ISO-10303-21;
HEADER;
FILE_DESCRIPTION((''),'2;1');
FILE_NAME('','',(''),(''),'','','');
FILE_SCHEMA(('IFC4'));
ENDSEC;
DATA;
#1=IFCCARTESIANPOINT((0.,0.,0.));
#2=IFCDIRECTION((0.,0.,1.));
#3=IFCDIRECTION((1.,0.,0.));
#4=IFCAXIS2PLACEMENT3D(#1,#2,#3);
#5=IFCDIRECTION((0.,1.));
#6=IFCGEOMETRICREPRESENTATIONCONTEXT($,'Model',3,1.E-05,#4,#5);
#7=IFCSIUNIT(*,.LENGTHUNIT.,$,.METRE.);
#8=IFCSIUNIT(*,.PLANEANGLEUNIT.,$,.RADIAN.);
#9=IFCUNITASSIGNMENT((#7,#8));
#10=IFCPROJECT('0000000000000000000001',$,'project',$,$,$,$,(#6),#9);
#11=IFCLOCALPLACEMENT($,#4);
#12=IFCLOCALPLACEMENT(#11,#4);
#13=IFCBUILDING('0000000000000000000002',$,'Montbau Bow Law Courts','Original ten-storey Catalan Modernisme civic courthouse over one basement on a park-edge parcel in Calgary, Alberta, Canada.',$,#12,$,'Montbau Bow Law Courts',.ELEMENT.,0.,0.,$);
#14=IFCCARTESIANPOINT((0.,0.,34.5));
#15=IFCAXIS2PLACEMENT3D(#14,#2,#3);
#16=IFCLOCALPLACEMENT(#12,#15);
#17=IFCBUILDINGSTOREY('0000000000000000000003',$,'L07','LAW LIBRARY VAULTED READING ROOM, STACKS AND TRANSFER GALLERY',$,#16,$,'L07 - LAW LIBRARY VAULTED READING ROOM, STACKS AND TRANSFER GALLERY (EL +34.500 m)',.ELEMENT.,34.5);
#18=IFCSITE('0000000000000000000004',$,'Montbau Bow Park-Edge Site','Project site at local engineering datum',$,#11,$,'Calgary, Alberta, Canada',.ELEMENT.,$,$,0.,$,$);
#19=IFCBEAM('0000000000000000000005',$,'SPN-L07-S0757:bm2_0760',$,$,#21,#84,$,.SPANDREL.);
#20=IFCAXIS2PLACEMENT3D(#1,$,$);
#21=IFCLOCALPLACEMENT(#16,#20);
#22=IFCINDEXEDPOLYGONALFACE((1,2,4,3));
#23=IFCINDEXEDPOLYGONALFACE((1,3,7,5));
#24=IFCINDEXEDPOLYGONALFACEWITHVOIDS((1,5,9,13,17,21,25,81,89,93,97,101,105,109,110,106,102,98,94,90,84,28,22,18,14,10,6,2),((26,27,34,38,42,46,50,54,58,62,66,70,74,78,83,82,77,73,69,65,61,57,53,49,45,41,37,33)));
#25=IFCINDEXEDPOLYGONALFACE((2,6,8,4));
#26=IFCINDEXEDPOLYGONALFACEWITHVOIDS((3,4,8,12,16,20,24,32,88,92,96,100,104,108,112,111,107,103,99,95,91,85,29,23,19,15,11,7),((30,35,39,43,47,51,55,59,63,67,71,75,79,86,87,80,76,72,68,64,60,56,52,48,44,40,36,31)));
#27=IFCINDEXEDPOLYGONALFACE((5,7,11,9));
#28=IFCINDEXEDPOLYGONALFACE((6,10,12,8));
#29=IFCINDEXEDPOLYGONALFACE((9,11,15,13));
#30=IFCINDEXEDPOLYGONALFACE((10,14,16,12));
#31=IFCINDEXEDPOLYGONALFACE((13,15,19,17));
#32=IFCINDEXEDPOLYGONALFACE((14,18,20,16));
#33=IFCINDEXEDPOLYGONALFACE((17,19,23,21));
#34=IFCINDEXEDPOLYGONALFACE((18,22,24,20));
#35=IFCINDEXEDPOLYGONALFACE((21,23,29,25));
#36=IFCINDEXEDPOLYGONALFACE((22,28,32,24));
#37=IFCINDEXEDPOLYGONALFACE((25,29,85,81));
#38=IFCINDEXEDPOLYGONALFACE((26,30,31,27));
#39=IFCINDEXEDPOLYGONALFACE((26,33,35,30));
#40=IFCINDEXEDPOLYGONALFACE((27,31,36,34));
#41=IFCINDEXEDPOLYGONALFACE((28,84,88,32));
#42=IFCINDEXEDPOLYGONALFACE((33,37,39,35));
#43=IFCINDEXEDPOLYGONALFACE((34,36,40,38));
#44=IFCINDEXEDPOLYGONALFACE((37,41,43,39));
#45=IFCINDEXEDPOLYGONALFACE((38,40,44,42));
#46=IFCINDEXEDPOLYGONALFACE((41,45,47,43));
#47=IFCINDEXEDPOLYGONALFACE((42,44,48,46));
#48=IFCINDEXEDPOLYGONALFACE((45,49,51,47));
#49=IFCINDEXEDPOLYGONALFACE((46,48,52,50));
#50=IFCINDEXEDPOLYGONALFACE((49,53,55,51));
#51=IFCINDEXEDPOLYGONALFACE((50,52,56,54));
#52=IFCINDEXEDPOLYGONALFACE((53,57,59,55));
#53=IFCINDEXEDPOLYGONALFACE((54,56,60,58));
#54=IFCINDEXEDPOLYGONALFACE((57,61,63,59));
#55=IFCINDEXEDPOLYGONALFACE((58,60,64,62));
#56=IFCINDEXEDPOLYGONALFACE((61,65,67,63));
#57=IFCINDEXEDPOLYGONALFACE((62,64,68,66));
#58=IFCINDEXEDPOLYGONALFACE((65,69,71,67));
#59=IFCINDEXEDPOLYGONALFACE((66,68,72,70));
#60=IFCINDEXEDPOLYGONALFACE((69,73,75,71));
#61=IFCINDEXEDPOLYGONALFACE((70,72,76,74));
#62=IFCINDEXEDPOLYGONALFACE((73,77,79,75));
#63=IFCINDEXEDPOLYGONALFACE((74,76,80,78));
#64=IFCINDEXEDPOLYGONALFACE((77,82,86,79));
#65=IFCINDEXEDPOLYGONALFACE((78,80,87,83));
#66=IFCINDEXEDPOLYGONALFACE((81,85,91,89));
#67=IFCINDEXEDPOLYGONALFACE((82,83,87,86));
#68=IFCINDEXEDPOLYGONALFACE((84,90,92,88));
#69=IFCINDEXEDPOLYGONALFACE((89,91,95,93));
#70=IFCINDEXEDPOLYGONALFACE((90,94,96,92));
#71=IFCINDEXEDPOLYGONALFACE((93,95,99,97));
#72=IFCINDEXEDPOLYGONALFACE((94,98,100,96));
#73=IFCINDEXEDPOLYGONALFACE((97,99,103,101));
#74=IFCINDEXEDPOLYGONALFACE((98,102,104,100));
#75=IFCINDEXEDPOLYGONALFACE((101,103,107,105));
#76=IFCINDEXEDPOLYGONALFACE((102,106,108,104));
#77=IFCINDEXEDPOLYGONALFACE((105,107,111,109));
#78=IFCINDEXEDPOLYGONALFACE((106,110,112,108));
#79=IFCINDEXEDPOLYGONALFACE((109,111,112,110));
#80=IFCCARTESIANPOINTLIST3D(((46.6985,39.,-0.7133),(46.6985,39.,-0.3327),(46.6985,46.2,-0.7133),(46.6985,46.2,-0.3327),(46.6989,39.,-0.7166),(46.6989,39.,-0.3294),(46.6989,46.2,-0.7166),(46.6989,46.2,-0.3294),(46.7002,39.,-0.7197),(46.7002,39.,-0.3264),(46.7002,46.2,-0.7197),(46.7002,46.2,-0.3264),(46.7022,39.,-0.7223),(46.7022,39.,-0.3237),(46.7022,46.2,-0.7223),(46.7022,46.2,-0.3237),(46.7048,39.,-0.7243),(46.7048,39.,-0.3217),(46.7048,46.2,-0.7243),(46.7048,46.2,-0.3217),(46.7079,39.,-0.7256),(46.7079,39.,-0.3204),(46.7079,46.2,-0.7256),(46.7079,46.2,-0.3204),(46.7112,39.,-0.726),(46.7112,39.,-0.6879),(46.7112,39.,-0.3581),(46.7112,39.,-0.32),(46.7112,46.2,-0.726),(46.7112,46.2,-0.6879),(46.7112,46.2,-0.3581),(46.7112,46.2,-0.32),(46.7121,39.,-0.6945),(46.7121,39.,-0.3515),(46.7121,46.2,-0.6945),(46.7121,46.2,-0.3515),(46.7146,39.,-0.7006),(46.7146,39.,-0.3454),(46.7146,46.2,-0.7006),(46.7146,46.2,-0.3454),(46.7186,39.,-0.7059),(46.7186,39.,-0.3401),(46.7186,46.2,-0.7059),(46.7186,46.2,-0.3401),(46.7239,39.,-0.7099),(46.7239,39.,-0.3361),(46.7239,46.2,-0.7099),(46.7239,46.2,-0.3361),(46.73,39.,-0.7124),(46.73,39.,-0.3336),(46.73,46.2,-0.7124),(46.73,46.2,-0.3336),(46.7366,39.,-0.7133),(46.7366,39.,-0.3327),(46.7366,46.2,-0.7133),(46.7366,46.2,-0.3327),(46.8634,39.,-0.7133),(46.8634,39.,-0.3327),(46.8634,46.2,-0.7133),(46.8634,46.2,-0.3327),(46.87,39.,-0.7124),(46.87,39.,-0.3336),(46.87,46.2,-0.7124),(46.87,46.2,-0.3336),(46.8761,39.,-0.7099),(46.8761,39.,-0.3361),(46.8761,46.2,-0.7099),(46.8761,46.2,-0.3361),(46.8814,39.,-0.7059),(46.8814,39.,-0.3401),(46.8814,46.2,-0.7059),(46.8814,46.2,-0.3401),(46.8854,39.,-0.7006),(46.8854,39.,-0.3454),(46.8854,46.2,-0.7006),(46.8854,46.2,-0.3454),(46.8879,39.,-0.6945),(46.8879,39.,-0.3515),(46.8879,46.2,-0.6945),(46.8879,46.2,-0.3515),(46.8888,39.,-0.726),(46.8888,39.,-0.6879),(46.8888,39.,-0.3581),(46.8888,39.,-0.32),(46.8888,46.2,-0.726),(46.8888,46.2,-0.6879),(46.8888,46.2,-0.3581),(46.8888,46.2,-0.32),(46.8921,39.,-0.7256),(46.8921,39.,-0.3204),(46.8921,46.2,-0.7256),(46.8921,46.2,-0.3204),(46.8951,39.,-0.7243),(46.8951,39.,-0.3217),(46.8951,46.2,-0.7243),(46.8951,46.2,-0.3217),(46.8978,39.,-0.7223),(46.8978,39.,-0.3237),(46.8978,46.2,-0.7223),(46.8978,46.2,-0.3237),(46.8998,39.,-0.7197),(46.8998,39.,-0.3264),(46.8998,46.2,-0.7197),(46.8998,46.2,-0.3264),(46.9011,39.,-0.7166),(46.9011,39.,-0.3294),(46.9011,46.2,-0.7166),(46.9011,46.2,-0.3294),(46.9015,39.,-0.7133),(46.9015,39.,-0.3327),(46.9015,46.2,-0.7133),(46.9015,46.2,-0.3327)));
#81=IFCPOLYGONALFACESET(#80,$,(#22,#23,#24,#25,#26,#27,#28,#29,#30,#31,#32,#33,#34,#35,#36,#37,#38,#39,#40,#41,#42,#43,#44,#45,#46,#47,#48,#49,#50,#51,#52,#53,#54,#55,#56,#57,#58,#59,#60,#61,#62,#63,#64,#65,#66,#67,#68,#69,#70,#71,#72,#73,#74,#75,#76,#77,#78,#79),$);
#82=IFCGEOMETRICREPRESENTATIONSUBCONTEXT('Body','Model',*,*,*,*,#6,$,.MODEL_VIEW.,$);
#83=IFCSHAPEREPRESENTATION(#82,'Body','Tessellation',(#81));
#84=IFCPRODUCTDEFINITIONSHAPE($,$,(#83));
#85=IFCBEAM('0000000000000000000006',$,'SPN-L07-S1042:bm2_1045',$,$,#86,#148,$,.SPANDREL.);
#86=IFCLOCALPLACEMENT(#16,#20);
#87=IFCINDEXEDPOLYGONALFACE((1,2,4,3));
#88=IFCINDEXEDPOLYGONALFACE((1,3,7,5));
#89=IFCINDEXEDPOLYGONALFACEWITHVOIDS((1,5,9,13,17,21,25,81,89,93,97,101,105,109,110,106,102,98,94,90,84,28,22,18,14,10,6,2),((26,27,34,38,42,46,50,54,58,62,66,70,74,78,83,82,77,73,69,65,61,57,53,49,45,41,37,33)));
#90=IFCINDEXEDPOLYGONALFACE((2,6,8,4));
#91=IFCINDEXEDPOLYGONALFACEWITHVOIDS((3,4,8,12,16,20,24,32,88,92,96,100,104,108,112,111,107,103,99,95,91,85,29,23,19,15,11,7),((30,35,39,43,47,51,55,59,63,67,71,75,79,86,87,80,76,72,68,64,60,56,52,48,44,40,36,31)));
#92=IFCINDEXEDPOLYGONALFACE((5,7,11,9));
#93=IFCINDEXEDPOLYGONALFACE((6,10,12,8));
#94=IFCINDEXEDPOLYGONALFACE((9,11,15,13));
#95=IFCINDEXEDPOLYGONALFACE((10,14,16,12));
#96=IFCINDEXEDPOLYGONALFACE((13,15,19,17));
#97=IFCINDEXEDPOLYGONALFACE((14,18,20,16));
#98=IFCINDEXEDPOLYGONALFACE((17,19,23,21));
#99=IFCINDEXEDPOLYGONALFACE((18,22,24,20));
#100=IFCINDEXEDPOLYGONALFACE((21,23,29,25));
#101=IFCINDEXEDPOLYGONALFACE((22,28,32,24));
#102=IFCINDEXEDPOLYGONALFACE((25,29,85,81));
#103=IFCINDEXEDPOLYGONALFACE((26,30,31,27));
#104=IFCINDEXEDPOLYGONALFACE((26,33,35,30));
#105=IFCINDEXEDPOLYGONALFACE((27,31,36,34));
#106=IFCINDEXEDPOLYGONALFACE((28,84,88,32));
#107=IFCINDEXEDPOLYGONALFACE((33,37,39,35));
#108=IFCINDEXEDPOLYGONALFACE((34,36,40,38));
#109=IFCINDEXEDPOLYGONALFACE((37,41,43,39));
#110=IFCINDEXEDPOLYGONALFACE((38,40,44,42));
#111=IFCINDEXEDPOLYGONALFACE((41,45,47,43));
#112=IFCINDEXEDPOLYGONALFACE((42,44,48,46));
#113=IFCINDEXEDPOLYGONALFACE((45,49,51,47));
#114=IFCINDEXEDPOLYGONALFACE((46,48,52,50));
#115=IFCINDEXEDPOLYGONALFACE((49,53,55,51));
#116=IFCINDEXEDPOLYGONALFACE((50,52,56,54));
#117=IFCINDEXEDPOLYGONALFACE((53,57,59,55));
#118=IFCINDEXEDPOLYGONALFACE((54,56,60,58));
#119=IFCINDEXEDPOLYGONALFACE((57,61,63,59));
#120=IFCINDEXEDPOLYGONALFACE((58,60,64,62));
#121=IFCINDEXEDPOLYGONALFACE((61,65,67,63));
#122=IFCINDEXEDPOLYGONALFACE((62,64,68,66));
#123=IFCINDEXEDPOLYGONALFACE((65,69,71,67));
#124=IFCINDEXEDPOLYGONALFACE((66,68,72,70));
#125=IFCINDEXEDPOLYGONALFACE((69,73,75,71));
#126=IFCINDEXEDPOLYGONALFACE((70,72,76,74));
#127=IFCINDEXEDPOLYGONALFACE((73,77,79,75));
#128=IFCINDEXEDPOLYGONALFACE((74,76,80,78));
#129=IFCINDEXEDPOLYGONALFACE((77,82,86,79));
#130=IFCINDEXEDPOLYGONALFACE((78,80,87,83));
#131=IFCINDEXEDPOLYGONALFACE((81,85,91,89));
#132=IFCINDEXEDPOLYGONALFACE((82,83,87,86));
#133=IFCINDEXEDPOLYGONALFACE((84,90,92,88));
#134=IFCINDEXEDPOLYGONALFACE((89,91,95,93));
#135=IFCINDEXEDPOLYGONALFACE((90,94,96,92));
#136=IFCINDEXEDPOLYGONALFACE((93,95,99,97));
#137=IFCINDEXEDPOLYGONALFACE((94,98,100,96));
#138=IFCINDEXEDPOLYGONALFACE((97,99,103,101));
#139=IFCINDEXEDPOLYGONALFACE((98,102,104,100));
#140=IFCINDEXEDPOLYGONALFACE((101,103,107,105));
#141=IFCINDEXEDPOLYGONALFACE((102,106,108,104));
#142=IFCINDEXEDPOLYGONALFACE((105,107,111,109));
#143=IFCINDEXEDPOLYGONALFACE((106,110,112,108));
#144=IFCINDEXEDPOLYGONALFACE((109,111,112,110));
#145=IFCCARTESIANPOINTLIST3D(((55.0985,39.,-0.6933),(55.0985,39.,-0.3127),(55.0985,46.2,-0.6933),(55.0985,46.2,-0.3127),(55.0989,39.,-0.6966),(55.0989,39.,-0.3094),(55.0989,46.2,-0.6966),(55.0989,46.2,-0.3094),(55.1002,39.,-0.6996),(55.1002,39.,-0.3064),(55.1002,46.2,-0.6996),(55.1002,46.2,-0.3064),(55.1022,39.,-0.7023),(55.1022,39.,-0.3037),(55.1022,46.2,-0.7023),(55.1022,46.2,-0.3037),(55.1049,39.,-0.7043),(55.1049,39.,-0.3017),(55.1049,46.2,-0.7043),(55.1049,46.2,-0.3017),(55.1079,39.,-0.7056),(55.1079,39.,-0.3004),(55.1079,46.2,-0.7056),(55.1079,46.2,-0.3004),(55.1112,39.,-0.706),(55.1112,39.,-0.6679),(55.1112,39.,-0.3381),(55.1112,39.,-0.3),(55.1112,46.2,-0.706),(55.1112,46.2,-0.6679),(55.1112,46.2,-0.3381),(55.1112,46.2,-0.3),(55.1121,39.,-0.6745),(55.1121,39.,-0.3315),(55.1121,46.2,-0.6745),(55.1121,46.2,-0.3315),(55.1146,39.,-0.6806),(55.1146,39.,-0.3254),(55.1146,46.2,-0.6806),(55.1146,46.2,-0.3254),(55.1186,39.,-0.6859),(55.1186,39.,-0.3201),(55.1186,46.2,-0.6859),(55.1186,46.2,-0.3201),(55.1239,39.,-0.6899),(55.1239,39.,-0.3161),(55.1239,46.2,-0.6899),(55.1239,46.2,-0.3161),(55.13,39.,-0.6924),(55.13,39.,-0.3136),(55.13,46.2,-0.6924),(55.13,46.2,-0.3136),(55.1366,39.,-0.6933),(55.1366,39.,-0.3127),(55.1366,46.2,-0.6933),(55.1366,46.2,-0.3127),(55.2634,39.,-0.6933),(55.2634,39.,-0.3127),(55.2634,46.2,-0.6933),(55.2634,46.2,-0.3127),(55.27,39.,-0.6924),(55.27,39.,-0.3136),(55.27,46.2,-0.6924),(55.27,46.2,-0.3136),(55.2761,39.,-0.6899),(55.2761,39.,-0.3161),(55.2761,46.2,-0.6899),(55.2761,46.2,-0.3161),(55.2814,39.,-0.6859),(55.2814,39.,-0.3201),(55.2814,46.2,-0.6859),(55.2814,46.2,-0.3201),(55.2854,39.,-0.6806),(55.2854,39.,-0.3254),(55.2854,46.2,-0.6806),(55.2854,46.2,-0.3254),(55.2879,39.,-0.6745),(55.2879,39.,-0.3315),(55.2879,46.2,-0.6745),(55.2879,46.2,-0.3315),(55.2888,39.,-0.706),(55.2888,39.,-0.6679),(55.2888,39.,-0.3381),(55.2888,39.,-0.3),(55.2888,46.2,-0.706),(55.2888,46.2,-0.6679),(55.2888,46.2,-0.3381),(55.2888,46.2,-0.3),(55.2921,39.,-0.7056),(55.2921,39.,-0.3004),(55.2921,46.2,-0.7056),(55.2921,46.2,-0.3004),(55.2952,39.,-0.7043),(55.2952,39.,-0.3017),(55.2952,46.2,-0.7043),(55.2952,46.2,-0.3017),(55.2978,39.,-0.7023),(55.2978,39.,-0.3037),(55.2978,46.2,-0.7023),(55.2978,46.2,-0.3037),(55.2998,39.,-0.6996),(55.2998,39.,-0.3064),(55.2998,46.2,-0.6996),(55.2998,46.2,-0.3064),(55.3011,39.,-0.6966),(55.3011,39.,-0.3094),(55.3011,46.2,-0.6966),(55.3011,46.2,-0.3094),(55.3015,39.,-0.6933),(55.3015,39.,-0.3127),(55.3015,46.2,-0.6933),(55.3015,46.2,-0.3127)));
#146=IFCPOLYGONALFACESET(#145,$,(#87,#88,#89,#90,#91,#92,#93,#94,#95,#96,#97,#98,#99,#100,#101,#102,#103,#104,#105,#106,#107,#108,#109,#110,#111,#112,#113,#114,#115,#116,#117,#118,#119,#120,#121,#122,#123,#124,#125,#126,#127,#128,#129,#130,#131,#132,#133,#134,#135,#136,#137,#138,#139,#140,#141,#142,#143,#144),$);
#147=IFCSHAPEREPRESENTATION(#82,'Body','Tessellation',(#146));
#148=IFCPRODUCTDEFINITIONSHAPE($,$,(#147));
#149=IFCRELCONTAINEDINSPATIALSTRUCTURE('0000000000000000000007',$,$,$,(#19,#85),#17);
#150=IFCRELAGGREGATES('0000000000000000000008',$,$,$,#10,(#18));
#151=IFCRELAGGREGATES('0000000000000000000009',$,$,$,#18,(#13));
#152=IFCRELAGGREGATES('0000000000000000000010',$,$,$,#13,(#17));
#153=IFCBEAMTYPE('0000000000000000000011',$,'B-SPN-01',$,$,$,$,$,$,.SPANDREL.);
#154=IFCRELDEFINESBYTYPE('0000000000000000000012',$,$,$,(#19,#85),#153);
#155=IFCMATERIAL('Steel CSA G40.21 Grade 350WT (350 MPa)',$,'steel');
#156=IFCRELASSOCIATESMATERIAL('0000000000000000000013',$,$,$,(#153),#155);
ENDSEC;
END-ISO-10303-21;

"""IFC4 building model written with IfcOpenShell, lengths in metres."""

from ifc_helpers import new_model, si_unit, direction, frame, origin_with_axes, origin_2d_with_axis, place, context, subcontext, project, spatial, hollow_rectangle, extrude, material, material_profile, profile_set, type_object, element, save


model = new_model("IFC4")

# Units and contexts
model_context = context("Model", 3, precision=1e-05, world=origin_with_axes(), true_north=direction((0.0, 1.0)))
body_context = subcontext(model_context, "Body", "Model", "MODEL_VIEW")
ifc_project = project(units=[si_unit("LENGTHUNIT", "METRE"), si_unit("PLANEANGLEUNIT", "RADIAN")], contexts=[model_context])

# Site, building, storey
site_placement = place(None, origin_with_axes())
site = spatial("IfcSite", under=ifc_project, at=site_placement, Name="Montbau Bow Park-Edge Site", Description="Project site at local engineering datum", LongName="Calgary, Alberta, Canada", CompositionType="ELEMENT", RefElevation=0.0)
building_placement = place(site_placement, origin_with_axes())
building = spatial("IfcBuilding", under=site, at=building_placement, Name="Montbau Bow Law Courts", Description="Original ten-storey Catalan Modernisme civic courthouse over one basement on a park-edge parcel in Calgary, Alberta, Canada.", LongName="Montbau Bow Law Courts", CompositionType="ELEMENT", ElevationOfRefHeight=0.0, ElevationOfTerrain=0.0)
storey_placement = place(building_placement, frame((0.0, 0.0, 34.5), z_axis=(0.0, 0.0, 1.0), x_axis=(1.0, 0.0, 0.0)))
storey = spatial("IfcBuildingStorey", under=building, at=storey_placement, Name="L07", Description="LAW LIBRARY VAULTED READING ROOM, STACKS AND TRANSFER GALLERY", LongName="L07 - LAW LIBRARY VAULTED READING ROOM, STACKS AND TRANSFER GALLERY (EL +34.500 m)", CompositionType="ELEMENT", Elevation=34.5)

# Beams
ifc_material_1 = material(Name="Steel CSA G40.21 Grade 350WT (350 MPa)", Category="steel")
ifc_material_profile_1 = material_profile(ifc_material_1, hollow_rectangle(XDim=0.203, YDim=0.406, WallThickness=0.0127, InnerFilletRadius=0.0254, OuterFilletRadius=0.0127, at=origin_2d_with_axis()), Name="HSS406X203X13", Category="Main", Priority=0)
ifc_profile_set_1 = profile_set([ifc_material_profile_1], Name="Steel CSA G40.21 Grade 350WT (350 MPa)")
beam_type_1 = type_object("IfcBeamType", Name="B-SPN-01", PredefinedType="SPANDREL", material=ifc_profile_set_1)
for number, where, z_axis, x_axis, name in (
    (1, (46.8, 39.0, 33.977), (0.0, 1.0, 0.0), (-1.0, 0.0, 0.0), "SPN-L07-S0757:bm2_0760"),
    (2, (55.2, 39.0, 33.997), (0.0, 1.0, 0.0), (-1.0, 0.0, 0.0), "SPN-L07-S1042:bm2_1045"),
):
    element("IfcBeam", number, at=place(None, frame(where, z_axis=z_axis, x_axis=x_axis)), inside=storey, type_object=beam_type_1, Name=name, PredefinedType="SPANDREL", context=body_context, shape_type="SweptSolid", body=[
        extrude(hollow_rectangle(XDim=0.203, YDim=0.406, WallThickness=0.0127, InnerFilletRadius=0.0254, OuterFilletRadius=0.0127, at=origin_2d_with_axis()), origin_with_axes(), (0.0, 0.0, 1.0), 7.2),
    ])

save(model, "model.ifc")
